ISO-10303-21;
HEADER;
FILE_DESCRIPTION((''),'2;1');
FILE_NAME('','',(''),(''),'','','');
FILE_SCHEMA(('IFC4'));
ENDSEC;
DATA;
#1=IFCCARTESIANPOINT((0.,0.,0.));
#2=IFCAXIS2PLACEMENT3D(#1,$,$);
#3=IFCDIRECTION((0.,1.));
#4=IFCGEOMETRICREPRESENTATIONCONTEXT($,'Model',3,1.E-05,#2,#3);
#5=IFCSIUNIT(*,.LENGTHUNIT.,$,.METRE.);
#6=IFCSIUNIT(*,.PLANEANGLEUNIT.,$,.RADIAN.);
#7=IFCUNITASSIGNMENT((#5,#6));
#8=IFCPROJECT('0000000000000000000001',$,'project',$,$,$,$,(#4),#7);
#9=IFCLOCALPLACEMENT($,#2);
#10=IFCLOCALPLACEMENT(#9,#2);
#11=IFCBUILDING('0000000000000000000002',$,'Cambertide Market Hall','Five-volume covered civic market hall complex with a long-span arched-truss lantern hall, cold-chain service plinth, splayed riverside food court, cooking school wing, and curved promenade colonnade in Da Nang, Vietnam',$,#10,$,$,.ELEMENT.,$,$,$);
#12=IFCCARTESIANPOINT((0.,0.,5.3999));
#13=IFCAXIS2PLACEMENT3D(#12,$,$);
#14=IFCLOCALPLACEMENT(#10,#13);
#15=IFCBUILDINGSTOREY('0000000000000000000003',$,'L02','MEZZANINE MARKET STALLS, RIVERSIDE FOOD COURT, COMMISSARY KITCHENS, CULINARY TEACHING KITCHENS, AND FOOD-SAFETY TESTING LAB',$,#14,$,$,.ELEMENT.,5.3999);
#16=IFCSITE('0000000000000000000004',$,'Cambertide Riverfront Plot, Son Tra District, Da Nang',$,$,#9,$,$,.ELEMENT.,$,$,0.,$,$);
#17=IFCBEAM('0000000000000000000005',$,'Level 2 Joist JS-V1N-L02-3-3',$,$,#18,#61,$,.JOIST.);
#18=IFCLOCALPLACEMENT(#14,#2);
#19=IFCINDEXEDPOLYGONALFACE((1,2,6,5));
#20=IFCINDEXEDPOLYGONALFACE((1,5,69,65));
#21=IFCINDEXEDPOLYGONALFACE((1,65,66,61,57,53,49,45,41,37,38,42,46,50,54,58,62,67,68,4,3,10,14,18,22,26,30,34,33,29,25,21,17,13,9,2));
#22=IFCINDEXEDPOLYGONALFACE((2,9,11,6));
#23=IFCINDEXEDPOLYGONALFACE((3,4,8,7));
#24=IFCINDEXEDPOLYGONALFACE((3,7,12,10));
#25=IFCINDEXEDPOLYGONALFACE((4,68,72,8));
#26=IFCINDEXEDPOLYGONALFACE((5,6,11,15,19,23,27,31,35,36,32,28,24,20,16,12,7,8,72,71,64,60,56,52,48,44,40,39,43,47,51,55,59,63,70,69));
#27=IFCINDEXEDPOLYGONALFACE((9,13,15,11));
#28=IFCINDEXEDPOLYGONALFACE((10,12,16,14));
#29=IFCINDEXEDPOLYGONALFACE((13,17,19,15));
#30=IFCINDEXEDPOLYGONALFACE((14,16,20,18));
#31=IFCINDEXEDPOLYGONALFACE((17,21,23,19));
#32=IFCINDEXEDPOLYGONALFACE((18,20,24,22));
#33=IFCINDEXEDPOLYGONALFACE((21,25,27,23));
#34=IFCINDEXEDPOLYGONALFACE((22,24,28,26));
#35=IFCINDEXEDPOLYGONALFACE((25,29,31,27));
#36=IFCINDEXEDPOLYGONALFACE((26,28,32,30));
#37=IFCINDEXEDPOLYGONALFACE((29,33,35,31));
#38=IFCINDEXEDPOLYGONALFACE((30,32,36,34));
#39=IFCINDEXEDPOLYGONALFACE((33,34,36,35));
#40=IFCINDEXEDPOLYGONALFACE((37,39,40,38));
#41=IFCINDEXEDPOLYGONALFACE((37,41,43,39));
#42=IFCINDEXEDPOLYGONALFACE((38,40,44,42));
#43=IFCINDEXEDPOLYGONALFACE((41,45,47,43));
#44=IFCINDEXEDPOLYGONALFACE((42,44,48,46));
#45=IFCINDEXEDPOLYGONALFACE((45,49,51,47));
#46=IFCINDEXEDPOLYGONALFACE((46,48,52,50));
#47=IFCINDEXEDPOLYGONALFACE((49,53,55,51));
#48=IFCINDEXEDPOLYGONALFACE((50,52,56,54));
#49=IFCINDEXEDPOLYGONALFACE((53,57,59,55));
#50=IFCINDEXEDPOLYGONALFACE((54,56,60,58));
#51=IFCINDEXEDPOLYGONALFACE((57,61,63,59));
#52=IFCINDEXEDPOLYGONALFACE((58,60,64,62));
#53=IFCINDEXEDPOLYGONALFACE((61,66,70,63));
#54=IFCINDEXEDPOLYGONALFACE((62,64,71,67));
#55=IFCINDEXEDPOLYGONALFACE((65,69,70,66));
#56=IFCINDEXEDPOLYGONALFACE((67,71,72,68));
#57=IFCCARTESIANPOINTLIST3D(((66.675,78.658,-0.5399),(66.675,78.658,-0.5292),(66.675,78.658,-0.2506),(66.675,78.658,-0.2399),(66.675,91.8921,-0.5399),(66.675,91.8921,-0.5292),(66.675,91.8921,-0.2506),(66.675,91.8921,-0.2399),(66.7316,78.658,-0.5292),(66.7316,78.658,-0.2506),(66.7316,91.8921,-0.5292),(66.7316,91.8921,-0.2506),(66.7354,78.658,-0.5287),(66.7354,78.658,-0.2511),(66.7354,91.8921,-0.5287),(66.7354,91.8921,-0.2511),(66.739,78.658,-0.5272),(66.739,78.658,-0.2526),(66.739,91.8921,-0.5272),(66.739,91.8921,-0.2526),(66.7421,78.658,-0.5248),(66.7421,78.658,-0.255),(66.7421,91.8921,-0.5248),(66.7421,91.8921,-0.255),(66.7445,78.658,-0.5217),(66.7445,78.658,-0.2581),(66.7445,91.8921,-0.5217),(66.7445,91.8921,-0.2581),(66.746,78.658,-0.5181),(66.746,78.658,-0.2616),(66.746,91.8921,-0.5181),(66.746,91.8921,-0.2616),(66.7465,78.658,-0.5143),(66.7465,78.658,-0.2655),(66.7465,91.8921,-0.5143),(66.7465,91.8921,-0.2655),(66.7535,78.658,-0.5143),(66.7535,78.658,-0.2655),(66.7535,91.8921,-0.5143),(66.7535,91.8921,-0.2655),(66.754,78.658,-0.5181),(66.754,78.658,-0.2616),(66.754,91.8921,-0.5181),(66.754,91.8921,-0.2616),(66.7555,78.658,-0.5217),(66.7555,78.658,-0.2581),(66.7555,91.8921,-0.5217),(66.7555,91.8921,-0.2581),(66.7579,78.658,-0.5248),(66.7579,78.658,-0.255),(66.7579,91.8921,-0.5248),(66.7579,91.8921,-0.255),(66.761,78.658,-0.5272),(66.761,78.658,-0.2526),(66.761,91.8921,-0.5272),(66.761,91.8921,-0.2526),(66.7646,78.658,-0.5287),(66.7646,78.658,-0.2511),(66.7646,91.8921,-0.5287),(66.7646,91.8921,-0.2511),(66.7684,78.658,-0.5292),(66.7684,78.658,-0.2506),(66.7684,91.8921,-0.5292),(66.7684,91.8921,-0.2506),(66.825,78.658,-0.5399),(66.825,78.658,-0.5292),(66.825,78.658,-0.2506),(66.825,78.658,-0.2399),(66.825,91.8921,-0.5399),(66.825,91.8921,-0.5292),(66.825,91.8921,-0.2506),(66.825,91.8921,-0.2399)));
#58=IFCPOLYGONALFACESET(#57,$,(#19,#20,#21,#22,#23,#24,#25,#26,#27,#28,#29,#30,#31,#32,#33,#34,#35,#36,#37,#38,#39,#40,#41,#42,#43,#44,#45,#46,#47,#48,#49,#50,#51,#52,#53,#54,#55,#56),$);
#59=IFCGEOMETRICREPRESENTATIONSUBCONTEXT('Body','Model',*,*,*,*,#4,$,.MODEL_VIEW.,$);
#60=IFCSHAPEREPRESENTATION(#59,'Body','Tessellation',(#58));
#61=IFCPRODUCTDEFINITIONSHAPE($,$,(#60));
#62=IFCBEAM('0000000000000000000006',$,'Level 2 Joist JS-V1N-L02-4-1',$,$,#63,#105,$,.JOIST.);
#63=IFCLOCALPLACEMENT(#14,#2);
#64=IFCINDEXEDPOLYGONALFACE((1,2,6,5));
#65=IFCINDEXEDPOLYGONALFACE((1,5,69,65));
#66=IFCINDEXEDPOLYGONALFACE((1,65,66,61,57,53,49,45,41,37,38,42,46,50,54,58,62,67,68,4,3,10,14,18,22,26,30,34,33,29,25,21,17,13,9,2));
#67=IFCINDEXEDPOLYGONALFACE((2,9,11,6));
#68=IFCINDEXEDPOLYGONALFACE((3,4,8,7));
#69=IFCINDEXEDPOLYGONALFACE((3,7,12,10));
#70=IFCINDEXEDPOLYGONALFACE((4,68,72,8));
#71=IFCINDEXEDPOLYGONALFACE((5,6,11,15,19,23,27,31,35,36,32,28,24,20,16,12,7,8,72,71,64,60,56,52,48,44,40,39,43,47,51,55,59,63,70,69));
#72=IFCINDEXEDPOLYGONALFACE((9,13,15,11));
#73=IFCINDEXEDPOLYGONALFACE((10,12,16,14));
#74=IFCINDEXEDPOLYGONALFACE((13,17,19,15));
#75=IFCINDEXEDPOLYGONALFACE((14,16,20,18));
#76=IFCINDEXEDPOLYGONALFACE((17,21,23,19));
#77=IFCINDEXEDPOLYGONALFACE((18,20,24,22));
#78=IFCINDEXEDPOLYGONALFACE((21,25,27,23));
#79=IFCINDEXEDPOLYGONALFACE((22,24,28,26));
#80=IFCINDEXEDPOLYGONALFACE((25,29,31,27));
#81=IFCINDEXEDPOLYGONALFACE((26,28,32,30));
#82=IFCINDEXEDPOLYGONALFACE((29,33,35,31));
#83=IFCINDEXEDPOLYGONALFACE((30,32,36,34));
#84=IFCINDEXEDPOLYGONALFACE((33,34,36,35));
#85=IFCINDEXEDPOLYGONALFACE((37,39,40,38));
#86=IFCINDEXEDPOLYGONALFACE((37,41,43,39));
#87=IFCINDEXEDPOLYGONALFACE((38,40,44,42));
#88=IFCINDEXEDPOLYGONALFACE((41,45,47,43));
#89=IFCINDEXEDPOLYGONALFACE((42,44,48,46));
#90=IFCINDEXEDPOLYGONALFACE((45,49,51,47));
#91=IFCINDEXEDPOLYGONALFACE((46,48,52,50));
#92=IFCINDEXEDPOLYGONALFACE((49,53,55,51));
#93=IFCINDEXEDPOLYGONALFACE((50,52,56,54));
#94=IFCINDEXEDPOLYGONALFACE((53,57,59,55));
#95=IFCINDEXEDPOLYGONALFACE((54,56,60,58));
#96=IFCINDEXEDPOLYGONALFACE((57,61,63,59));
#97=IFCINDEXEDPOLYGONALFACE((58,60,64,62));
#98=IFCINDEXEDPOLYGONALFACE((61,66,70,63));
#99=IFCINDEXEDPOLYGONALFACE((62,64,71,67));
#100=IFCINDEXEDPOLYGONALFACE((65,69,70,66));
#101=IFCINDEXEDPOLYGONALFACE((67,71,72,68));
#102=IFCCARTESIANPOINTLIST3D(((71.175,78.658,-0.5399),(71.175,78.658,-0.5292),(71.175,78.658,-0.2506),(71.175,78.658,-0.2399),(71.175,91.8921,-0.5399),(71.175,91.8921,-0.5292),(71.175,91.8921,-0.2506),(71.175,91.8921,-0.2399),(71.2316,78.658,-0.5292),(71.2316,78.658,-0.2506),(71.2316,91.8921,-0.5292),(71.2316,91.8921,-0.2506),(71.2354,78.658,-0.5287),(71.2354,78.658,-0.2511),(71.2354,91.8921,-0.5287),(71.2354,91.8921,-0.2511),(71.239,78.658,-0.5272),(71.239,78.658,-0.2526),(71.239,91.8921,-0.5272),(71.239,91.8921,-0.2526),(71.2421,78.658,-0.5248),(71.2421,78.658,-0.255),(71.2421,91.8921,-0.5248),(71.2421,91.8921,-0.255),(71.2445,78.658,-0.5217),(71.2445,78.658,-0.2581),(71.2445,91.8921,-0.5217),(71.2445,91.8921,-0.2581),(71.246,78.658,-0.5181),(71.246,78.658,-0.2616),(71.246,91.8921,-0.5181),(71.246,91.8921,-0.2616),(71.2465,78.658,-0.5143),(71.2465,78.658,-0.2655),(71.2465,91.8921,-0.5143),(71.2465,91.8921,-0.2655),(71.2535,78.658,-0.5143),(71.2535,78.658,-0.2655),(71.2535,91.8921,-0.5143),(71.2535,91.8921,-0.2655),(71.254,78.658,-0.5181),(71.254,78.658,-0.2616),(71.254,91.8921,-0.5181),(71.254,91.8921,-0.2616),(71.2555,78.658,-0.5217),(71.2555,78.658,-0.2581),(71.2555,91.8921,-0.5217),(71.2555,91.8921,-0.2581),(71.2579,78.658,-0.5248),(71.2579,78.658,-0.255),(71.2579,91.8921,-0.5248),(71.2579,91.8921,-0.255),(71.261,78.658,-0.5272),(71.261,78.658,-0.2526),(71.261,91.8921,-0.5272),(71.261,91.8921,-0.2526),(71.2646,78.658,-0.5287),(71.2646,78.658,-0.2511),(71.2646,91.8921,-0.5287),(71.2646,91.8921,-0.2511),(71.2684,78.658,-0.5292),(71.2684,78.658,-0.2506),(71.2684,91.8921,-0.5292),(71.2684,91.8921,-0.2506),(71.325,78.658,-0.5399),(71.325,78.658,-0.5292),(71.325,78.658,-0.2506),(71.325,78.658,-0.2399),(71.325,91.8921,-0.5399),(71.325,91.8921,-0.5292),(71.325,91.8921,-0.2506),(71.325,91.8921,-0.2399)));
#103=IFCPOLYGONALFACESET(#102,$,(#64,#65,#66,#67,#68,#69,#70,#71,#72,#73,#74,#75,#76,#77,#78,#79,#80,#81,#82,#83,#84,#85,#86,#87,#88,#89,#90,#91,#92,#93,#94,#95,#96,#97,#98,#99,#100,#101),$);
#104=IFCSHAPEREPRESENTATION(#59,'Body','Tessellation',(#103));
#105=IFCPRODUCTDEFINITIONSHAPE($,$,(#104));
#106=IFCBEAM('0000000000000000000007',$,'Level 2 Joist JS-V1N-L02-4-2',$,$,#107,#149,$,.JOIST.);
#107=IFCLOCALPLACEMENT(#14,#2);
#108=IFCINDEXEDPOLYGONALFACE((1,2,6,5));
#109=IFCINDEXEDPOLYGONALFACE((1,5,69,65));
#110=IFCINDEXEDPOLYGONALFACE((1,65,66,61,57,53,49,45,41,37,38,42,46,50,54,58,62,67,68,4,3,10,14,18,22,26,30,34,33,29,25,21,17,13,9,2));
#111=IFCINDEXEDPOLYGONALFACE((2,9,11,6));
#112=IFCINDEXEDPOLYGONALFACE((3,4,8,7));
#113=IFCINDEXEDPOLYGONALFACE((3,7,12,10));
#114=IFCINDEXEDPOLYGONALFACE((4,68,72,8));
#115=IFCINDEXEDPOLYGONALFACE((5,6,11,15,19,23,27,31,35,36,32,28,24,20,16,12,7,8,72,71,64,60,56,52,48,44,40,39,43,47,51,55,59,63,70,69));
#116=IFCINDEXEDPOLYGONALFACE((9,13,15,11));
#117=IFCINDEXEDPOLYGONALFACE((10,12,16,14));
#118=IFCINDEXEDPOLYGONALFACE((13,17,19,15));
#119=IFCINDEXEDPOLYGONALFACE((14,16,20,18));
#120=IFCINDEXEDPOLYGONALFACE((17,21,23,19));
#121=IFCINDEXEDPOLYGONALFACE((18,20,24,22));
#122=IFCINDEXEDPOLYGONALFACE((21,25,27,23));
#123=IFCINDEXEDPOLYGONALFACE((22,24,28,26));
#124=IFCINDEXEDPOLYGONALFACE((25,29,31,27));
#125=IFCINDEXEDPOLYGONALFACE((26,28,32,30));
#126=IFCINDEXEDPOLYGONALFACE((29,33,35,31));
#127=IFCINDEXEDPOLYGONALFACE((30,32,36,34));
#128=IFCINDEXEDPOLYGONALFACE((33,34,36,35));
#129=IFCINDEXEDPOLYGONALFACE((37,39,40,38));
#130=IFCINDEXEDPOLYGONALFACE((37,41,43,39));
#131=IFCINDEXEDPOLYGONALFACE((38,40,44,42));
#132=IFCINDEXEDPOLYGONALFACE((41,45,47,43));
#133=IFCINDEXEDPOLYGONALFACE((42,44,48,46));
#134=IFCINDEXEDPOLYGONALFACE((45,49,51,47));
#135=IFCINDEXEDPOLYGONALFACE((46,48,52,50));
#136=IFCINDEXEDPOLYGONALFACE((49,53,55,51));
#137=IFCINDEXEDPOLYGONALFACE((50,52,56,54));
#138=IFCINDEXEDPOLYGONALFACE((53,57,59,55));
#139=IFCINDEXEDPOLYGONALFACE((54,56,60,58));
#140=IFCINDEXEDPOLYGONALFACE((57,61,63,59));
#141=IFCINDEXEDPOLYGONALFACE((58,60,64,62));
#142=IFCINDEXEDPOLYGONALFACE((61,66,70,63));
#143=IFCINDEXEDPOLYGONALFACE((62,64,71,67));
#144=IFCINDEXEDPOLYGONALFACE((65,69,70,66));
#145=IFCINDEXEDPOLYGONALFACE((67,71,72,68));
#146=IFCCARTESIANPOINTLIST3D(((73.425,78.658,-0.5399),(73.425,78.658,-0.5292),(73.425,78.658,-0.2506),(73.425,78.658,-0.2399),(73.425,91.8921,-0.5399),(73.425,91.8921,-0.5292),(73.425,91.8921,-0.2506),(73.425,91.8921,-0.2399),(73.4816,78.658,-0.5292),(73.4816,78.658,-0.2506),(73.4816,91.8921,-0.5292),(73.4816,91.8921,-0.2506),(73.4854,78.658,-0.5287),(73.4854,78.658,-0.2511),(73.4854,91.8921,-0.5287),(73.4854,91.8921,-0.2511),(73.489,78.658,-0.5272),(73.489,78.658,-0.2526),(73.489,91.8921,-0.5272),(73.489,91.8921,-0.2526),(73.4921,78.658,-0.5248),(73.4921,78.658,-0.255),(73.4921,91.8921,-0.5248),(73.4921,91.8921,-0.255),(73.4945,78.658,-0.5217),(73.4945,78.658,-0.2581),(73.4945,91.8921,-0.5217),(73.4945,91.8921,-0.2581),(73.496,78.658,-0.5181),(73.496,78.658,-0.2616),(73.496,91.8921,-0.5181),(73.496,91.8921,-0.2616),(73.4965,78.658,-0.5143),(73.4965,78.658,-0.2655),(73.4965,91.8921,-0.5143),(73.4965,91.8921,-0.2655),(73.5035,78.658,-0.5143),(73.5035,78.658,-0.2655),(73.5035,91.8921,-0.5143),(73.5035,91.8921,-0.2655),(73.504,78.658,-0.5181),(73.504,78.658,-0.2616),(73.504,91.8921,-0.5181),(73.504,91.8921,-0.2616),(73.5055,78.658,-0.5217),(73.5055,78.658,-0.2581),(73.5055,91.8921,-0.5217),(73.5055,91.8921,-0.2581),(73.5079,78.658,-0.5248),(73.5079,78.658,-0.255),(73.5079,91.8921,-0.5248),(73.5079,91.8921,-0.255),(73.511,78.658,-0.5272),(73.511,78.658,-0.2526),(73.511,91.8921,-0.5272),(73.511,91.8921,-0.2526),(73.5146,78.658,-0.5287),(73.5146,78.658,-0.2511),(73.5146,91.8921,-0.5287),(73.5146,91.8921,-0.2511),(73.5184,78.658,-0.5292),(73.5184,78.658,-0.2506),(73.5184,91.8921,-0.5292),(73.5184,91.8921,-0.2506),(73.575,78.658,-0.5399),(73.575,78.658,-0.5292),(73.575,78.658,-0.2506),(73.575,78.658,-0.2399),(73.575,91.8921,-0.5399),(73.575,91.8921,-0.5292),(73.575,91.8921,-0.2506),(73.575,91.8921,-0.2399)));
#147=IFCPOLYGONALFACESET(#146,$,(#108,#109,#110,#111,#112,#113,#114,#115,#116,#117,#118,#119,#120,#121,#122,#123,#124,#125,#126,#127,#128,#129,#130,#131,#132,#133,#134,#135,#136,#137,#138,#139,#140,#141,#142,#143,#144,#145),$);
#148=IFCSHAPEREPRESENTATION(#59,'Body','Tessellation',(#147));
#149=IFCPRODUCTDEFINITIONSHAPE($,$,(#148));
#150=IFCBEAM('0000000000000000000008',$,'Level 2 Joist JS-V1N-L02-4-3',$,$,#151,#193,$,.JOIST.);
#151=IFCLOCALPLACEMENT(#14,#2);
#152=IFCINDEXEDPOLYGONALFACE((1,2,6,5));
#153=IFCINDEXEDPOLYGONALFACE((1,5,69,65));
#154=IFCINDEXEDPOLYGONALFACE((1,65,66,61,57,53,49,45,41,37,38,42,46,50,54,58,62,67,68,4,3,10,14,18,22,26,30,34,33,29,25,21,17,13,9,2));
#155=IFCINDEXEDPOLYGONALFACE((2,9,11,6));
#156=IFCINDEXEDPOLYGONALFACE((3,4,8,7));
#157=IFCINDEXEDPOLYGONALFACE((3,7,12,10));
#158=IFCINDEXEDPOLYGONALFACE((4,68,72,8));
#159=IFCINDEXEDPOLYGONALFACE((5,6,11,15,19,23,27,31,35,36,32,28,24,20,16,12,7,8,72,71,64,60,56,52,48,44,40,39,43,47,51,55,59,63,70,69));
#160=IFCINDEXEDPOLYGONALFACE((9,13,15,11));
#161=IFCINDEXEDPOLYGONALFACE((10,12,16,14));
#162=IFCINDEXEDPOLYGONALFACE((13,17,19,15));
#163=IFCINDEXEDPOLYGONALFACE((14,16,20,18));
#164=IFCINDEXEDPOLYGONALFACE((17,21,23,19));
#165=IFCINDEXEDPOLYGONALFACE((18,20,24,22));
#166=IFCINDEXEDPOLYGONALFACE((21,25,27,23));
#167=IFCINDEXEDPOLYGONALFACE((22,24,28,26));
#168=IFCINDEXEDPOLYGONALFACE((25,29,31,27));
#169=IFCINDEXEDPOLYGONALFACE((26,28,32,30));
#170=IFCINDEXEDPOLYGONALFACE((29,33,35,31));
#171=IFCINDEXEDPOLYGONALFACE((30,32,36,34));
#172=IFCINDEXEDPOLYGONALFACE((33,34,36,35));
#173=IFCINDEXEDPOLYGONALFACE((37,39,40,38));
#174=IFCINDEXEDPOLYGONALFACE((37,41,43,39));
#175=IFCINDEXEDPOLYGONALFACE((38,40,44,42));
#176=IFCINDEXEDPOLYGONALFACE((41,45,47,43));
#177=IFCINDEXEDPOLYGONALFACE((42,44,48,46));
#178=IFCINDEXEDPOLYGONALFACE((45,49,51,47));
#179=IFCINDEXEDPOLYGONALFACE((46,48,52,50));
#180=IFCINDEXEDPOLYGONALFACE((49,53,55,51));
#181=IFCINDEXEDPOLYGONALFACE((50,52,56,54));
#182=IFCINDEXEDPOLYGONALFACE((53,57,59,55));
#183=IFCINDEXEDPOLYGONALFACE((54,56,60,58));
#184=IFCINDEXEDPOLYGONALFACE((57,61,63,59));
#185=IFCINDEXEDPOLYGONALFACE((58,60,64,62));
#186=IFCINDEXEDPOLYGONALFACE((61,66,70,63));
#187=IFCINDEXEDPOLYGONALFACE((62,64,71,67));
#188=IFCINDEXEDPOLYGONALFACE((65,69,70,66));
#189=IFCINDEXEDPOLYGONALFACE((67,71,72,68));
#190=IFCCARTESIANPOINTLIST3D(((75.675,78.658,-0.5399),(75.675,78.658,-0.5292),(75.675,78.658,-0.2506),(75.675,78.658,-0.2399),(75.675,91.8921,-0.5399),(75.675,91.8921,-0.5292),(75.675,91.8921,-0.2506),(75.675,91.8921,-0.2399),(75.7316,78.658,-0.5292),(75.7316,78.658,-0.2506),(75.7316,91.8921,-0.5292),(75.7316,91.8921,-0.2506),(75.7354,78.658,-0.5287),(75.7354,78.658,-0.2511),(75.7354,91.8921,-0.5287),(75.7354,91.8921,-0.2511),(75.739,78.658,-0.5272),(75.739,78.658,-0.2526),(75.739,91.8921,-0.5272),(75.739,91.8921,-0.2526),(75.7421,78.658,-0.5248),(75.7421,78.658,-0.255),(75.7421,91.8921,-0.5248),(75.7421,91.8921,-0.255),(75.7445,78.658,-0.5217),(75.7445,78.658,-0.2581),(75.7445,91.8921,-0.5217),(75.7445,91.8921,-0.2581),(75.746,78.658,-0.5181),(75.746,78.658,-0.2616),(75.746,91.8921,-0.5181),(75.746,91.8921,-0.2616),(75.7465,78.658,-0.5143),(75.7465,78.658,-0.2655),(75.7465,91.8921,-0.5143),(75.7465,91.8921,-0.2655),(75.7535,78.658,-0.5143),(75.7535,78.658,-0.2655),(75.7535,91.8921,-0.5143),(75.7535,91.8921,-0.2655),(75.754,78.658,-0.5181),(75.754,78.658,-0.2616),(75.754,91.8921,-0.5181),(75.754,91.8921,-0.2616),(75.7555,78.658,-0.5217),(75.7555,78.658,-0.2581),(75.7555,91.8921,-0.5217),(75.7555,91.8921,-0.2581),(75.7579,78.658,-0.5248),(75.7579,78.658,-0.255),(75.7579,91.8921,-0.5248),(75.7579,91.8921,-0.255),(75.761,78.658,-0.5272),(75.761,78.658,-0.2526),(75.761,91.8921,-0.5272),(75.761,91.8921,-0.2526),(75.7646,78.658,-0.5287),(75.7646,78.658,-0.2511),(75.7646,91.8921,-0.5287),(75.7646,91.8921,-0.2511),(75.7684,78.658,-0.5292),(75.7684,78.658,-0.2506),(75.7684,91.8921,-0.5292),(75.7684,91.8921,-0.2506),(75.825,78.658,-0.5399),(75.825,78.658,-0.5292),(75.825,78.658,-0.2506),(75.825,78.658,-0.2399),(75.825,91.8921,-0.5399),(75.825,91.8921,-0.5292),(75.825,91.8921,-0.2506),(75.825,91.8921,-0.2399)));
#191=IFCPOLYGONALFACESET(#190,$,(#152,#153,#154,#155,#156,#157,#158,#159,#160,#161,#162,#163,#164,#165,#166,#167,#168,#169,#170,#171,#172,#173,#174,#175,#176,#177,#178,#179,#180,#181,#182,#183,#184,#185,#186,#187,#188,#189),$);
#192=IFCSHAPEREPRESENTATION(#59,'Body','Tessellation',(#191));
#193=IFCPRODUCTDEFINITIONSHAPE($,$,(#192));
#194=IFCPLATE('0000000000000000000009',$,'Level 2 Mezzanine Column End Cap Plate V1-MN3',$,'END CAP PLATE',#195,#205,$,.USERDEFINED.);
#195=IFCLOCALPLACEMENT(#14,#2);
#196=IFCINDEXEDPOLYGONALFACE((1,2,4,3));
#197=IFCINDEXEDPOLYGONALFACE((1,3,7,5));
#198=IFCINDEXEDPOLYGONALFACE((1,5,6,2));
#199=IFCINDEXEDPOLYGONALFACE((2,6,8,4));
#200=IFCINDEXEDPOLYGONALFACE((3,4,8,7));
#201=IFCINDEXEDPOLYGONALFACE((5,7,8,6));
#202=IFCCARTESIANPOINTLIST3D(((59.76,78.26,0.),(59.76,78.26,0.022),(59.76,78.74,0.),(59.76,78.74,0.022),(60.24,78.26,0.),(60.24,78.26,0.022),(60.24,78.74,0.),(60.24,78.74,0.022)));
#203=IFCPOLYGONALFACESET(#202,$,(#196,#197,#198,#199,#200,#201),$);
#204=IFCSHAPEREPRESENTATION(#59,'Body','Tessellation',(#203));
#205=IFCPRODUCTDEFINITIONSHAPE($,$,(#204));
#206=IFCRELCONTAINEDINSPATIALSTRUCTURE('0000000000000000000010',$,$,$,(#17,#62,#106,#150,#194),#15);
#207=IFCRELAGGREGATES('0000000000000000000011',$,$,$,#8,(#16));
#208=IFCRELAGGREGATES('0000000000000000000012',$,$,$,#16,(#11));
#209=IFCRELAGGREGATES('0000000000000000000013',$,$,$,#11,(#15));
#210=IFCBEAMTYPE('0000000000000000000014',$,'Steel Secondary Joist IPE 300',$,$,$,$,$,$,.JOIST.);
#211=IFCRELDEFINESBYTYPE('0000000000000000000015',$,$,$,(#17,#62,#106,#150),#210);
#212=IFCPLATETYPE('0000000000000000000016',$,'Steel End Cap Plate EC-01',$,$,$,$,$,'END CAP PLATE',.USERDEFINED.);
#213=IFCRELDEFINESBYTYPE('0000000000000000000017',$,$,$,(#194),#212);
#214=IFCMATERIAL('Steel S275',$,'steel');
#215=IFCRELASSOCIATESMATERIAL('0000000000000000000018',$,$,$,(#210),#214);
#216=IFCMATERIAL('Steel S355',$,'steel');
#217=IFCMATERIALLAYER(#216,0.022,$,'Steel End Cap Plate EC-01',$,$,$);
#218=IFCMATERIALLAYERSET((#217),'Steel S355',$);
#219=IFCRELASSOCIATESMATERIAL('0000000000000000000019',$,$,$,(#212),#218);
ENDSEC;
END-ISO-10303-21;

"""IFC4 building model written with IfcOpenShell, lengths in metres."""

from ifc_helpers import new_model, si_unit, direction, frame, origin, origin_2d, place, context, subcontext, project, spatial, rectangle, i_section, extrude, material, layer, layer_set, material_profile, profile_set, type_object, element, save


model = new_model("IFC4")

# Units and contexts
model_context = context("Model", 3, precision=1e-05, world=origin(), true_north=direction((0.0, 1.0)))
body_context = subcontext(model_context, "Body", "Model", "MODEL_VIEW")
ifc_project = project(units=[si_unit("LENGTHUNIT", "METRE"), si_unit("PLANEANGLEUNIT", "RADIAN")], contexts=[model_context])

# Site, building, storey
site_placement = place(None, origin())
site = spatial("IfcSite", under=ifc_project, at=site_placement, Name="Cambertide Riverfront Plot, Son Tra District, Da Nang", CompositionType="ELEMENT", RefElevation=0.0)
building_placement = place(site_placement, origin())
building = spatial("IfcBuilding", under=site, at=building_placement, Name="Cambertide Market Hall", Description="Five-volume covered civic market hall complex with a long-span arched-truss lantern hall, cold-chain service plinth, splayed riverside food court, cooking school wing, and curved promenade colonnade in Da Nang, Vietnam", CompositionType="ELEMENT")
storey_placement = place(building_placement, frame((0.0, 0.0, 5.3999)))
storey = spatial("IfcBuildingStorey", under=building, at=storey_placement, Name="L02", Description="MEZZANINE MARKET STALLS, RIVERSIDE FOOD COURT, COMMISSARY KITCHENS, CULINARY TEACHING KITCHENS, AND FOOD-SAFETY TESTING LAB", CompositionType="ELEMENT", Elevation=5.3999)

# Beams
ifc_material_1 = material(Name="Steel S275", Category="steel")
ifc_material_profile_1 = material_profile(ifc_material_1, i_section(OverallWidth=0.1499, OverallDepth=0.3, WebThickness=0.0071, FlangeThickness=0.0107, FilletRadius=0.0149, at=origin_2d()), Name="IPE 300")
ifc_profile_set_1 = profile_set([ifc_material_profile_1], Name="Steel S275")
beam_type_1 = type_object("IfcBeamType", Name="Steel Secondary Joist IPE 300", PredefinedType="JOIST", material=ifc_profile_set_1)
for number, where, z_axis, x_axis, name in (
    (1, (66.75, 78.658, -0.3899), (0.0, 1.0, 0.0), (-1.0, 0.0, 0.0), "Level 2 Joist JS-V1N-L02-3-3"),
    (2, (71.25, 78.658, -0.3899), (0.0, 1.0, 0.0), (-1.0, 0.0, 0.0), "Level 2 Joist JS-V1N-L02-4-1"),
    (3, (73.5, 78.658, -0.3899), (0.0, 1.0, 0.0), (-1.0, 0.0, 0.0), "Level 2 Joist JS-V1N-L02-4-2"),
    (4, (75.75, 78.658, -0.3899), (0.0, 1.0, 0.0), (-1.0, 0.0, 0.0), "Level 2 Joist JS-V1N-L02-4-3"),
):
    element("IfcBeam", number, at=place(storey_placement, frame(where, z_axis=z_axis, x_axis=x_axis)), inside=storey, type_object=beam_type_1, Name=name, PredefinedType="JOIST", context=body_context, shape_type="SweptSolid", body=[
        extrude(i_section(OverallWidth=0.1499, OverallDepth=0.3, WebThickness=0.0071, FlangeThickness=0.0107, FilletRadius=0.0149, at=origin_2d()), origin(), (0.0, 0.0, 1.0), 13.2341),
    ])

# Plate
ifc_material_2 = material(Name="Steel S355", Category="steel")
ifc_layer_1 = layer(ifc_material_2, 0.022, Name="Steel End Cap Plate EC-01")
ifc_layer_set_1 = layer_set([ifc_layer_1], Name="Steel S355")
plate_type = type_object("IfcPlateType", Name="Steel End Cap Plate EC-01", ElementType="END CAP PLATE", PredefinedType="USERDEFINED", material=ifc_layer_set_1)
for number, where, z_axis, x_axis, name in (
    (5, (60.0, 78.5, 0.0), (0.0, 0.0, 1.0), (1.0, 0.0, 0.0), "Level 2 Mezzanine Column End Cap Plate V1-MN3"),
):
    element("IfcPlate", number, at=place(storey_placement, frame(where, z_axis=z_axis, x_axis=x_axis)), inside=storey, type_object=plate_type, Name=name, ObjectType="END CAP PLATE", PredefinedType="USERDEFINED", context=body_context, shape_type="SweptSolid", body=[
        extrude(rectangle(XDim=0.48, YDim=0.48, at=origin_2d()), origin(), (0.0, 0.0, 1.0), 0.022),
    ])

save(model, "model.ifc")
